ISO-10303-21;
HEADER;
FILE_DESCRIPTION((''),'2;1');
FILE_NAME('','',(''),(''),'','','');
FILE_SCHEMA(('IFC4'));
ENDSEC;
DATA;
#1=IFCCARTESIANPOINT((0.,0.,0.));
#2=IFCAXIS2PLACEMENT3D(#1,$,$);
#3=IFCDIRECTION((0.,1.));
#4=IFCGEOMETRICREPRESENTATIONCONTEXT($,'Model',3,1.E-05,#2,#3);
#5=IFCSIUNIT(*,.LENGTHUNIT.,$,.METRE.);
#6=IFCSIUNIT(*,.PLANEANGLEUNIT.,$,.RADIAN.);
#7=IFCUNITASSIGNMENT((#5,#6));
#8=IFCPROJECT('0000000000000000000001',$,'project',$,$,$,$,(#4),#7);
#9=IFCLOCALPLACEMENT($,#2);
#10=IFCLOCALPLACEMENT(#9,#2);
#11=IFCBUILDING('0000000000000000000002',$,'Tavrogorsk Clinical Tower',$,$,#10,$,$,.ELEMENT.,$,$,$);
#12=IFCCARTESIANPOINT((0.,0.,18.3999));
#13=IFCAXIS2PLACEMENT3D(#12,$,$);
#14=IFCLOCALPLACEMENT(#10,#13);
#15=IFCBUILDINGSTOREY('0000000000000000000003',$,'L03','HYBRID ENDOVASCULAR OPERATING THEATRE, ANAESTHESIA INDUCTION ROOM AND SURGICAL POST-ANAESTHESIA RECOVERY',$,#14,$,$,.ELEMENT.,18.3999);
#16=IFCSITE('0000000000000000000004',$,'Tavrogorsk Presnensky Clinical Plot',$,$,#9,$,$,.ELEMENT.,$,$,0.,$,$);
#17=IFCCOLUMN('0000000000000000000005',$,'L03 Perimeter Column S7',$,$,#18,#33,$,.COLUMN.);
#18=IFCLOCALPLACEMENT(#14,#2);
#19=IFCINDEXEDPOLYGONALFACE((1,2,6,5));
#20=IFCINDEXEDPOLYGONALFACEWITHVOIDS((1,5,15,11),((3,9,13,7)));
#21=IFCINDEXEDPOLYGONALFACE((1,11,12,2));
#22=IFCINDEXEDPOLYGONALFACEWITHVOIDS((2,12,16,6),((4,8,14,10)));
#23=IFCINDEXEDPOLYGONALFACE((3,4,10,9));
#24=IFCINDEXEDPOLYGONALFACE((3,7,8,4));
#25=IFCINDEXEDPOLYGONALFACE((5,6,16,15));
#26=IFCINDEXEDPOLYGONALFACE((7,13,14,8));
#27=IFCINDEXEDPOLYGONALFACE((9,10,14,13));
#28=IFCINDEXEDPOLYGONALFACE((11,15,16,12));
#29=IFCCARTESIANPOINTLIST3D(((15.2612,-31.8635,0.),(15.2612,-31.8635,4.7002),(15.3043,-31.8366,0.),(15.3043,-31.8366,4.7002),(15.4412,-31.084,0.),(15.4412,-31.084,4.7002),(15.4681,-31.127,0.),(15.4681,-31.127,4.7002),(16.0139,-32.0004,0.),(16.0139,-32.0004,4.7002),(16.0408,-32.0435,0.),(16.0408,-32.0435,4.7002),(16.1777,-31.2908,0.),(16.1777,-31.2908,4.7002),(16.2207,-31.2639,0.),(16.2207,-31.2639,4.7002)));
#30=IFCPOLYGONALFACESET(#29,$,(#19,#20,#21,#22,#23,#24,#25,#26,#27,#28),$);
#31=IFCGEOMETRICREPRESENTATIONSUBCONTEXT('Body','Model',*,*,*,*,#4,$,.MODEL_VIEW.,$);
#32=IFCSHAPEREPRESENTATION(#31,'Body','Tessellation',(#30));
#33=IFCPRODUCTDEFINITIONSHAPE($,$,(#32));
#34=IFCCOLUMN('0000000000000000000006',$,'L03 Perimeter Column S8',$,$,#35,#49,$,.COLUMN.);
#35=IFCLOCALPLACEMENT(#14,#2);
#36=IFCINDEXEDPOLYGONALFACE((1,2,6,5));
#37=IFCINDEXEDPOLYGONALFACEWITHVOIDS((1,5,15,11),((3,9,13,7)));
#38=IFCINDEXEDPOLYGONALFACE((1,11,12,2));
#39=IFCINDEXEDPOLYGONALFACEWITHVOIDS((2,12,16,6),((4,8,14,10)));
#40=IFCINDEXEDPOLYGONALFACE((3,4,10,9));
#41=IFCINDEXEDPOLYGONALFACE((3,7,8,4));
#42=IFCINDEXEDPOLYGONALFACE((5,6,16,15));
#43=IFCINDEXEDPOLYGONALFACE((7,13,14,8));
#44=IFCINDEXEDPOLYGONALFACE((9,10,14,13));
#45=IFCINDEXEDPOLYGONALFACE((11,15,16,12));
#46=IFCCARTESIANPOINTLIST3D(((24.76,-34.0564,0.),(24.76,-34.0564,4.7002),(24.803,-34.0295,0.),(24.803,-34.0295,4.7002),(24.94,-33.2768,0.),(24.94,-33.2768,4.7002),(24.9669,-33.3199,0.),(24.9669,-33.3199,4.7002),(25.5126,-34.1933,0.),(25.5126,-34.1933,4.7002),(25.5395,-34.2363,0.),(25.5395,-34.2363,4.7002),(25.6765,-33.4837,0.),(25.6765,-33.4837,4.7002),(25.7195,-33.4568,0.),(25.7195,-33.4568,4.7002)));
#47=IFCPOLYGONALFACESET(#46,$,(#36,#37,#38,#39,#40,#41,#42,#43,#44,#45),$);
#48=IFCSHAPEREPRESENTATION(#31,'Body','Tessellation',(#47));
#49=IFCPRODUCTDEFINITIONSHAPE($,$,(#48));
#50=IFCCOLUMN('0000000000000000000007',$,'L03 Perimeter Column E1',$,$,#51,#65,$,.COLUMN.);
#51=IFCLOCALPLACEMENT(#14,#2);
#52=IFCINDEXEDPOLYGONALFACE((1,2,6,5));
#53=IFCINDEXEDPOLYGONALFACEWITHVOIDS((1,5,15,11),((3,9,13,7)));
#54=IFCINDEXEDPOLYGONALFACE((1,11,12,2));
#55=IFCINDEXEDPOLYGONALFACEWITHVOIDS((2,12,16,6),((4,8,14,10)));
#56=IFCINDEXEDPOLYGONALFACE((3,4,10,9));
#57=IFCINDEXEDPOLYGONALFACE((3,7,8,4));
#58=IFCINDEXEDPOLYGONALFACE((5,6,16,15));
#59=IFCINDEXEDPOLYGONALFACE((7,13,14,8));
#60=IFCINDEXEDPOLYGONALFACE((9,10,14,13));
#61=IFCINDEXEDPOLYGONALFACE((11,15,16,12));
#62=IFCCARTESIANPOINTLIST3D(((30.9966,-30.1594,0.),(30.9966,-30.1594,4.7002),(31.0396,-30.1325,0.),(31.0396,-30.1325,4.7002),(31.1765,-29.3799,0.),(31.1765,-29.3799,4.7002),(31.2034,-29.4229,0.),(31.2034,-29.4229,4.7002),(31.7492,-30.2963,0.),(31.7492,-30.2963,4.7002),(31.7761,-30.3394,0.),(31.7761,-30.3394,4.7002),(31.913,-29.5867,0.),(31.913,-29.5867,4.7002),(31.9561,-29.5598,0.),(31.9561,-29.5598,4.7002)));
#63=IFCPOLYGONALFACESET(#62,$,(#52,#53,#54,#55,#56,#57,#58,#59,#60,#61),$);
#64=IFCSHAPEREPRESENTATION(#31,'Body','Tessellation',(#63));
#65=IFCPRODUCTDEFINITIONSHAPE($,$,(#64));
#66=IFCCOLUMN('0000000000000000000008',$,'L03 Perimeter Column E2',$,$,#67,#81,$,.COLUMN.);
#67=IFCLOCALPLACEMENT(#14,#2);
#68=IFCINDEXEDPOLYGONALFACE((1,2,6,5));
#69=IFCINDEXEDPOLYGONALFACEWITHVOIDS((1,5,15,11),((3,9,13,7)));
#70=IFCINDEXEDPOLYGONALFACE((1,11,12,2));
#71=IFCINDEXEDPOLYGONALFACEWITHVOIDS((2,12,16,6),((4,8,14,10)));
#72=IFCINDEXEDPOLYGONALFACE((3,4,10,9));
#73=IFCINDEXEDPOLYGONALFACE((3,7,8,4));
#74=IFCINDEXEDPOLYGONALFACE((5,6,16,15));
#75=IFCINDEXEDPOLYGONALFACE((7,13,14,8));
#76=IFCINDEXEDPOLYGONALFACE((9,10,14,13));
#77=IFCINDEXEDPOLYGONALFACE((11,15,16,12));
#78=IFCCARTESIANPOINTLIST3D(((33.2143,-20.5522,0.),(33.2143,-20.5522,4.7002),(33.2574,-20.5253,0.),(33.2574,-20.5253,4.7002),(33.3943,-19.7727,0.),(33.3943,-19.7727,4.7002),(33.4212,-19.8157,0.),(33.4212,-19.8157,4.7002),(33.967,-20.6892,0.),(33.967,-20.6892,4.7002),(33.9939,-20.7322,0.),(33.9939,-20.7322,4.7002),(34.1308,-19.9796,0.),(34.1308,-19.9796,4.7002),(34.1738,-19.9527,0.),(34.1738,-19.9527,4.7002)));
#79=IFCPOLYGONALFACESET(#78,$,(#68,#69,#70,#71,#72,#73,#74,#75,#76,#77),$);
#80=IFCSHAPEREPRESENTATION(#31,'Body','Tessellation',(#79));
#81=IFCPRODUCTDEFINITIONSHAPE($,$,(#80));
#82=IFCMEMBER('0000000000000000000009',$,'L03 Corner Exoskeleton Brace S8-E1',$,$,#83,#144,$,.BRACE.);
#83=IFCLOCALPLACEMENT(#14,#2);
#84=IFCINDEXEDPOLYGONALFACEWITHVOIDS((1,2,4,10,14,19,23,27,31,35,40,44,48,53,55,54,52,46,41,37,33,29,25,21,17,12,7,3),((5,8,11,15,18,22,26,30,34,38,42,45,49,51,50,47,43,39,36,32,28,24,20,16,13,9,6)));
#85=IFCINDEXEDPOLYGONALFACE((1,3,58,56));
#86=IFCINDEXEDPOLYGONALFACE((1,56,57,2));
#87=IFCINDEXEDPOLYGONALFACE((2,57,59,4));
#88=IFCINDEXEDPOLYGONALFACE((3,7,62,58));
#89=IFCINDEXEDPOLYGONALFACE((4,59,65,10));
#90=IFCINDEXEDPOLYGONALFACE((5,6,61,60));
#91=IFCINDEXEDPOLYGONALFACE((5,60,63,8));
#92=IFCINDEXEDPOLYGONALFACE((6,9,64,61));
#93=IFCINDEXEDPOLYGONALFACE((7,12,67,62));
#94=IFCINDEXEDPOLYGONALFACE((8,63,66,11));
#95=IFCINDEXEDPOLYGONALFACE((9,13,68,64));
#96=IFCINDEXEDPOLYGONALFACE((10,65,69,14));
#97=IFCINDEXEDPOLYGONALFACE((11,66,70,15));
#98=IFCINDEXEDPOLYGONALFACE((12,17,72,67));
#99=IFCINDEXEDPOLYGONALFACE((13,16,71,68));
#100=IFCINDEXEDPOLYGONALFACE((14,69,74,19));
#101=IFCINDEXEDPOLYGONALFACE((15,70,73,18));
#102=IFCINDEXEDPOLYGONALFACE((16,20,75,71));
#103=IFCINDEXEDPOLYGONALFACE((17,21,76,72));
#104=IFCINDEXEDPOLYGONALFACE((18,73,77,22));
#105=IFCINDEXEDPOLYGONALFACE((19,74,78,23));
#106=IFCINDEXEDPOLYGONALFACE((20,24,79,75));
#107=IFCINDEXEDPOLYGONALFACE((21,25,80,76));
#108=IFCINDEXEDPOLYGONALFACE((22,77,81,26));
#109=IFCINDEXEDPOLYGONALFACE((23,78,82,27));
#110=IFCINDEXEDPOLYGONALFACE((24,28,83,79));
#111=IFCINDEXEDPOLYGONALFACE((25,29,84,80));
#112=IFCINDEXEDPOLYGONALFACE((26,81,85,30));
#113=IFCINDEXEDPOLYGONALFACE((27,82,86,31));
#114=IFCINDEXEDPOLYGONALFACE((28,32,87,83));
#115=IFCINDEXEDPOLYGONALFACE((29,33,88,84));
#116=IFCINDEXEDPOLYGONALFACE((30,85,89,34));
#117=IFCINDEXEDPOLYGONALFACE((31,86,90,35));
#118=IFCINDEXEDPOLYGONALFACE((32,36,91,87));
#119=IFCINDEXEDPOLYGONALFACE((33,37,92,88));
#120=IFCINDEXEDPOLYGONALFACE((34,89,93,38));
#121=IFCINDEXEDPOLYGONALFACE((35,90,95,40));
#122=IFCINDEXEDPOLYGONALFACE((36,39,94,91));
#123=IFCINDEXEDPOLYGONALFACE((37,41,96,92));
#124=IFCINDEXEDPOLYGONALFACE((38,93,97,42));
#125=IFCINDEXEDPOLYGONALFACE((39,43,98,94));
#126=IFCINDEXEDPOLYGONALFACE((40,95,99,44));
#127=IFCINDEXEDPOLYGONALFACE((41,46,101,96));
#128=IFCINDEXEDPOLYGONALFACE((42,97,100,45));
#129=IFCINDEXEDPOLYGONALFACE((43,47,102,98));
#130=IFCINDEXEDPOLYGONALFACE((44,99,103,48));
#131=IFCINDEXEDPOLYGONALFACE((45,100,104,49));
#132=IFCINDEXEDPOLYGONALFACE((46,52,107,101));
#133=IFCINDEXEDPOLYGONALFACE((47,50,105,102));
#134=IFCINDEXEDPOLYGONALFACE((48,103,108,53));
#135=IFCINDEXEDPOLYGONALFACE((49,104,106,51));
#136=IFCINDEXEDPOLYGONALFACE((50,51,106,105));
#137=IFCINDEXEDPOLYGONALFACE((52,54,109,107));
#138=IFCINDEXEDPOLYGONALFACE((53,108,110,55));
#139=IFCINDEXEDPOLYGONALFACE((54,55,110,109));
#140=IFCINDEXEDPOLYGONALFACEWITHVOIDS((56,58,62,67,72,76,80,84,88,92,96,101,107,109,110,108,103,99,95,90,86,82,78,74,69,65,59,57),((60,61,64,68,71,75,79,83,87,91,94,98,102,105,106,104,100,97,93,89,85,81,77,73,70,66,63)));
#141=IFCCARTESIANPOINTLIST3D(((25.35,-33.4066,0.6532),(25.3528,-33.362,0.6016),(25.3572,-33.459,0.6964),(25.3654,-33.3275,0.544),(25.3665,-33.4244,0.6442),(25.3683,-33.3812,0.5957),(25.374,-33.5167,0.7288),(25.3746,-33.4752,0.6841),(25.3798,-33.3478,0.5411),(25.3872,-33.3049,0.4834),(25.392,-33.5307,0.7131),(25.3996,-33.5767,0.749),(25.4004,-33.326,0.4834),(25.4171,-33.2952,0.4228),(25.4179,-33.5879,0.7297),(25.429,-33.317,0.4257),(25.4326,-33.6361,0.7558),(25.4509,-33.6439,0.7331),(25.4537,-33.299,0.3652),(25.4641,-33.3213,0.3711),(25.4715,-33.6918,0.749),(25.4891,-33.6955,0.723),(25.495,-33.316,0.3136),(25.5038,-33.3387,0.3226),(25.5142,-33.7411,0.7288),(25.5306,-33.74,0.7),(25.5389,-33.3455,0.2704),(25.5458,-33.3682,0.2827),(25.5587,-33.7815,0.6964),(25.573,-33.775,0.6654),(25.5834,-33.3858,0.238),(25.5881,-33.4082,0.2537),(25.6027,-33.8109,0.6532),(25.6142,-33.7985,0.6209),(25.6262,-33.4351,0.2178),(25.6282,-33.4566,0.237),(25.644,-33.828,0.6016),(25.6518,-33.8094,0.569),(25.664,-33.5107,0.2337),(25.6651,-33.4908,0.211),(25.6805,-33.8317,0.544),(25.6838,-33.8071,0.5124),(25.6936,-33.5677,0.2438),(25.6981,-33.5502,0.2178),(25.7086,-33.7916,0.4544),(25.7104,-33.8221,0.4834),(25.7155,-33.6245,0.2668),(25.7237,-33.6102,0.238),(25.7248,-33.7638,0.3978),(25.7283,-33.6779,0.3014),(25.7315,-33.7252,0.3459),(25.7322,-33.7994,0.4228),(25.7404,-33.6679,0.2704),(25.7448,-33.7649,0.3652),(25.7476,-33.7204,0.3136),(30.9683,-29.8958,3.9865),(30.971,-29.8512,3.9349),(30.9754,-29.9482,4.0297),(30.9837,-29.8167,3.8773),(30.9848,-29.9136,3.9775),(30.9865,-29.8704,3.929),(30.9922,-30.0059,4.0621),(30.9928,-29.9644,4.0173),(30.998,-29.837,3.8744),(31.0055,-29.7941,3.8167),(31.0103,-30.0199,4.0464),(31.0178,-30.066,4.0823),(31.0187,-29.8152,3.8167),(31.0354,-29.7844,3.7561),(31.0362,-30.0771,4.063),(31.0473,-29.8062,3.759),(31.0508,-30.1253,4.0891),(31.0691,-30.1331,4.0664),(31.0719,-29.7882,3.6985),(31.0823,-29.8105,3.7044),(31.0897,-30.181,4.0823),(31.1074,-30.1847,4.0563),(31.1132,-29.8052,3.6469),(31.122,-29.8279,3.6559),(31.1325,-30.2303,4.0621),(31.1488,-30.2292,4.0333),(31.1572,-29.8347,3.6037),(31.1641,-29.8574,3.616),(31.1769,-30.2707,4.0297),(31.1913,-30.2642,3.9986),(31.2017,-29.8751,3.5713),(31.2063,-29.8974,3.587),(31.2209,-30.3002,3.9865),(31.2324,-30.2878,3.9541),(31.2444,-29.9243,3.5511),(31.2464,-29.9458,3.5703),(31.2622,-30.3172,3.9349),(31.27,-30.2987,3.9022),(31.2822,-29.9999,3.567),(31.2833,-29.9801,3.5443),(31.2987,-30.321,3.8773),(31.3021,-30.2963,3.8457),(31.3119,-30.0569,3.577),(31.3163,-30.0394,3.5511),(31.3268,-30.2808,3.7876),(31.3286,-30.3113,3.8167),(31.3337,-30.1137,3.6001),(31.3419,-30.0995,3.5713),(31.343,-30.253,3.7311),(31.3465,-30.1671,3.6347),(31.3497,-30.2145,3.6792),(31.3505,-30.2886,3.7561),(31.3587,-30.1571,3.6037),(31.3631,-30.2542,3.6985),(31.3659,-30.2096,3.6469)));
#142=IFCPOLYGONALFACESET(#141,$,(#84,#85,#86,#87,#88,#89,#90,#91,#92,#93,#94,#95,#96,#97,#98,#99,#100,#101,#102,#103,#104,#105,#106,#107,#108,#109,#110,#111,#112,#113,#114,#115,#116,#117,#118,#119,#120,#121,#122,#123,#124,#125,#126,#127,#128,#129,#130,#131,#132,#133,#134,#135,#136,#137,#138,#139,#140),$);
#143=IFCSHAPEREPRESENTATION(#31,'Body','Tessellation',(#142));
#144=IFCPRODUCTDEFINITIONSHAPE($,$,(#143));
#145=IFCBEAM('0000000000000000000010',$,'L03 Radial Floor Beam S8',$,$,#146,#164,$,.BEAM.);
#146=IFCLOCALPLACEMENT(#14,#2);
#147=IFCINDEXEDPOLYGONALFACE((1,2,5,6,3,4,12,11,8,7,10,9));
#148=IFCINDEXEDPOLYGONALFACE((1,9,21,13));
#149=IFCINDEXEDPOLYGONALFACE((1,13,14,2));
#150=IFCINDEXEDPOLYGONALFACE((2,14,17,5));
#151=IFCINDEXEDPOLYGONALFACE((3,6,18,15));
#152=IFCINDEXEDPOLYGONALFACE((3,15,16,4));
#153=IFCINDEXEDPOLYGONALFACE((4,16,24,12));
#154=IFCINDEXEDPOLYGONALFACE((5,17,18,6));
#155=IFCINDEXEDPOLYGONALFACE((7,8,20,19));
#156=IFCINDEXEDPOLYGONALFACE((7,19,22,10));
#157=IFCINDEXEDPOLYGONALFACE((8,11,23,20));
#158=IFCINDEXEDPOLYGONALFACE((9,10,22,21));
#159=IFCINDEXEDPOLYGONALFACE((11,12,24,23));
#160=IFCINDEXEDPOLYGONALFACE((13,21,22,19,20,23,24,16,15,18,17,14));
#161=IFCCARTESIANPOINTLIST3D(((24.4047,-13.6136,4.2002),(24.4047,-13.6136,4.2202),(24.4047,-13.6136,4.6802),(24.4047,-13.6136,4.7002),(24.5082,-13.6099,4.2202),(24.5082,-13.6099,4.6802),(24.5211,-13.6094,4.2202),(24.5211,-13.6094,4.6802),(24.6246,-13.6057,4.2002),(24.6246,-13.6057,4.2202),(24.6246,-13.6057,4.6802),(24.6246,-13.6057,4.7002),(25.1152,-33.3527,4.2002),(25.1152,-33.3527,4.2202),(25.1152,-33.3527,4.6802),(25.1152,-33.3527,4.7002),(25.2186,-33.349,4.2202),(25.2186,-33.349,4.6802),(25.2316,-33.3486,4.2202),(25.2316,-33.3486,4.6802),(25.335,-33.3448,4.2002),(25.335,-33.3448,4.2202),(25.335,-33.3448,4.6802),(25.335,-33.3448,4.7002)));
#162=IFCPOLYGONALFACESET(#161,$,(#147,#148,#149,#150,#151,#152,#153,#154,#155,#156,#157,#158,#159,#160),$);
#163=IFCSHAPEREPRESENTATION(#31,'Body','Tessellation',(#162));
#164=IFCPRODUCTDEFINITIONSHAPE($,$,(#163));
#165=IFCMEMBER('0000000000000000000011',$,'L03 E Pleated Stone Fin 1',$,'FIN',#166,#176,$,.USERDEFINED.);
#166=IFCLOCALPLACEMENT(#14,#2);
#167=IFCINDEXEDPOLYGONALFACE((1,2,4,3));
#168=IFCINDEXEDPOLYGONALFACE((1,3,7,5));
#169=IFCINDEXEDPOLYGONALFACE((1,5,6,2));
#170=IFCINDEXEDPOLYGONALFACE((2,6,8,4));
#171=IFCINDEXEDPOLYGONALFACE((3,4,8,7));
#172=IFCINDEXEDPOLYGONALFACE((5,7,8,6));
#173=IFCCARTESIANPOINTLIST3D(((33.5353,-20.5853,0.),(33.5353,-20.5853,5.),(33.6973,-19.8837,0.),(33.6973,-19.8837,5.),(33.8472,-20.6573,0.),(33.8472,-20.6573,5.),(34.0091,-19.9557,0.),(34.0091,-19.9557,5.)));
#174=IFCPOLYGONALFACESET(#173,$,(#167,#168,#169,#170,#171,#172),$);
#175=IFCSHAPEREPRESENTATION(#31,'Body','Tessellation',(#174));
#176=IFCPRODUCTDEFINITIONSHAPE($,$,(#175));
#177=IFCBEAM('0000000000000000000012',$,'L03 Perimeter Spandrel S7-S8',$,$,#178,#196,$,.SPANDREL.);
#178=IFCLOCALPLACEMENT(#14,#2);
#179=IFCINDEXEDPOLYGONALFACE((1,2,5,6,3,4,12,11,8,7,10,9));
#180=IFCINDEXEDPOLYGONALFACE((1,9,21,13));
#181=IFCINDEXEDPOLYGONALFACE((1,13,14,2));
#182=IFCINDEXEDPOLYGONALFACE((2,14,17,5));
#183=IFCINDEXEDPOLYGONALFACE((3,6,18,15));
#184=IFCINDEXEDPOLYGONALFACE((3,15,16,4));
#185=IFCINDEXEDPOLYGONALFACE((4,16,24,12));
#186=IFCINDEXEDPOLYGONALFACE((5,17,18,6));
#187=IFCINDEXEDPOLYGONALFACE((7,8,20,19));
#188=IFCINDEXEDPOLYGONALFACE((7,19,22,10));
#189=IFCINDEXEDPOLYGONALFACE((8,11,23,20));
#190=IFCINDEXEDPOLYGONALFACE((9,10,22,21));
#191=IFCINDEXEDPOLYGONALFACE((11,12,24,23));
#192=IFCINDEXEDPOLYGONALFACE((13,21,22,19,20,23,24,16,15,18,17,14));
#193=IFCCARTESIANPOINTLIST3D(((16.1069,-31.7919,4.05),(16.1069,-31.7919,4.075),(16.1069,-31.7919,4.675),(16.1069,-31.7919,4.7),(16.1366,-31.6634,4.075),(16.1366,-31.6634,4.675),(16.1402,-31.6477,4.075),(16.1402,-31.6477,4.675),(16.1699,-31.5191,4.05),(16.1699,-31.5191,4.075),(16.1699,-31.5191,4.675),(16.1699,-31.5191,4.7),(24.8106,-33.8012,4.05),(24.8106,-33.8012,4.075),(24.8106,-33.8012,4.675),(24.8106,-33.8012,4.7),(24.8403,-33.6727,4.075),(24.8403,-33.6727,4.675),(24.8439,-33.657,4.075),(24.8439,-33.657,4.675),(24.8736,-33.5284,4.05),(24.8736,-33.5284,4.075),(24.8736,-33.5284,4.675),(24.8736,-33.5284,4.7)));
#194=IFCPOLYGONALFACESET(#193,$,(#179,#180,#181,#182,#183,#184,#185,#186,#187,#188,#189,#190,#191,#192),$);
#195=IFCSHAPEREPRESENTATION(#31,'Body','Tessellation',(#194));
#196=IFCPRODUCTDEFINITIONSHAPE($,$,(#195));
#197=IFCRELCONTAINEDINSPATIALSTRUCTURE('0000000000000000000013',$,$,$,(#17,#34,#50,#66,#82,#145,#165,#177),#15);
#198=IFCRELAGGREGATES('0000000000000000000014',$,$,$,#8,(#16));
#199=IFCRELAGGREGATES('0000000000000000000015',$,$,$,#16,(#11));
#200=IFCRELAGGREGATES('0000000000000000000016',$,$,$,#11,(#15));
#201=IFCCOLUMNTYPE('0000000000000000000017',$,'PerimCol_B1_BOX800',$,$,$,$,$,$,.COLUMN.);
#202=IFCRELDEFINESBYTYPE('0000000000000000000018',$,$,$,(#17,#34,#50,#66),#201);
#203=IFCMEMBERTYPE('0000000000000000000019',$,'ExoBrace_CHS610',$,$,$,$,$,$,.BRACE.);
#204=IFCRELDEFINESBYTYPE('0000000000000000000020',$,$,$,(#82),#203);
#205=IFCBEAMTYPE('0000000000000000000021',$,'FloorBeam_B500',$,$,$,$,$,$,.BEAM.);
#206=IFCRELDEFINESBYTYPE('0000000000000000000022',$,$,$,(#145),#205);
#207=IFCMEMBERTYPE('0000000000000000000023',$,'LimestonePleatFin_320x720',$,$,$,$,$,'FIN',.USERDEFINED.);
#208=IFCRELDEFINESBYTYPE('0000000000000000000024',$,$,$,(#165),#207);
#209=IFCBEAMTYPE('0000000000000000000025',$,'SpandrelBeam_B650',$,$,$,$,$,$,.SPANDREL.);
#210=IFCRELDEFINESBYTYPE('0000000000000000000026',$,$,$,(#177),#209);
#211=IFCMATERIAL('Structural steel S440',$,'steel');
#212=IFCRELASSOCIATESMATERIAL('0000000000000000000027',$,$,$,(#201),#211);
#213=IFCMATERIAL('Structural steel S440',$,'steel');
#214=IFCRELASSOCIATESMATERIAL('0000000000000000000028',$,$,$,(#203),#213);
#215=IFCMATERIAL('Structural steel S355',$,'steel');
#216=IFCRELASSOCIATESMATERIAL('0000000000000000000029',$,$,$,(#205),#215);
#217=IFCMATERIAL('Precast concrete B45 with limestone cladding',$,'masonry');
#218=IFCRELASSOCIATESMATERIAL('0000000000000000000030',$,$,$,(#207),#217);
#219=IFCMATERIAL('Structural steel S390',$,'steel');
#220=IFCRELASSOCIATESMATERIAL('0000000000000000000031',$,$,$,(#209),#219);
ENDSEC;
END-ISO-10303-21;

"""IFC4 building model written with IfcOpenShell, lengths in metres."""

from ifc_helpers import new_model, si_unit, direction, frame, origin, origin_2d, place, context, subcontext, project, spatial, rectangle, hollow_rectangle, hollow_circle, i_section, extrude, material, material_profile, profile_set, type_object, element, save


model = new_model("IFC4")

# Units and contexts
model_context = context("Model", 3, precision=1e-05, world=origin(), true_north=direction((0.0, 1.0)))
body_context = subcontext(model_context, "Body", "Model", "MODEL_VIEW")
ifc_project = project(units=[si_unit("LENGTHUNIT", "METRE"), si_unit("PLANEANGLEUNIT", "RADIAN")], contexts=[model_context])

# Site, building, storey
site_placement = place(None, origin())
site = spatial("IfcSite", under=ifc_project, at=site_placement, Name="Tavrogorsk Presnensky Clinical Plot", CompositionType="ELEMENT", RefElevation=0.0)
building_placement = place(site_placement, origin())
building = spatial("IfcBuilding", under=site, at=building_placement, Name="Tavrogorsk Clinical Tower", CompositionType="ELEMENT")
storey_placement = place(building_placement, frame((0.0, 0.0, 18.3999)))
storey = spatial("IfcBuildingStorey", under=building, at=storey_placement, Name="L03", Description="HYBRID ENDOVASCULAR OPERATING THEATRE, ANAESTHESIA INDUCTION ROOM AND SURGICAL POST-ANAESTHESIA RECOVERY", CompositionType="ELEMENT", Elevation=18.3999)

# Columns
ifc_material_1 = material(Name="Structural steel S440", Category="steel")
ifc_material_profile_1 = material_profile(ifc_material_1, hollow_rectangle(XDim=0.8, YDim=0.8, WallThickness=0.0359, at=origin_2d()), Name="BOX-800x800x36")
ifc_profile_set_1 = profile_set([ifc_material_profile_1], Name="Structural steel S440")
column_type = type_object("IfcColumnType", Name="PerimCol_B1_BOX800", PredefinedType="COLUMN", material=ifc_profile_set_1)
for number, where, z_axis, x_axis, name in (
    (1, (15.741, -31.5637, 0.0), (0.0, 0.0, 1.0), (0.97437, -0.224951, 0.0), "L03 Perimeter Column S7"),
    (2, (25.2397, -33.7566, 0.0), (0.0, 0.0, 1.0), (0.97437, -0.224951, 0.0), "L03 Perimeter Column S8"),
    (3, (31.4763, -29.8596, 0.0), (0.0, 0.0, 1.0), (0.97437, -0.224951, 0.0), "L03 Perimeter Column E1"),
    (4, (33.6941, -20.2524, 0.0), (0.0, 0.0, 1.0), (0.97437, -0.224951, 0.0), "L03 Perimeter Column E2"),
):
    element("IfcColumn", number, at=place(storey_placement, frame(where, z_axis=z_axis, x_axis=x_axis)), inside=storey, type_object=column_type, Name=name, PredefinedType="COLUMN", context=body_context, shape_type="SweptSolid", body=[
        extrude(hollow_rectangle(XDim=0.8, YDim=0.8, WallThickness=0.0359, at=origin_2d()), origin(), (0.0, 0.0, 1.0), 4.7002),
    ])

# Member
ifc_material_2 = material(Name="Structural steel S440", Category="steel")
ifc_material_profile_2 = material_profile(ifc_material_2, hollow_circle(Radius=0.3049, WallThickness=0.0249, at=origin_2d()), Name="CHS-610x25")
ifc_profile_set_2 = profile_set([ifc_material_profile_2], Name="Structural steel S440")
member_type_1 = type_object("IfcMemberType", Name="ExoBrace_CHS610", PredefinedType="BRACE", material=ifc_profile_set_2)
member_1_placement = place(storey_placement, frame((25.5488, -33.5635, 0.4834), z_axis=(0.757556, 0.47339, 0.449457), x_axis=(-0.529933, 0.84804, 0.0)))
element("IfcMember", 5, at=member_1_placement, inside=storey, type_object=member_type_1, Name="L03 Corner Exoskeleton Brace S8-E1", PredefinedType="BRACE", context=body_context, shape_type="SweptSolid", body=[
    extrude(hollow_circle(Radius=0.3049, WallThickness=0.0249, at=origin_2d()), origin(), (0.0, 0.0, 1.0), 7.4163),
])

# Beam
ifc_material_3 = material(Name="Structural steel S355", Category="steel")
ifc_material_profile_3 = material_profile(ifc_material_3, i_section(OverallWidth=0.22, OverallDepth=0.5, WebThickness=0.0129, FlangeThickness=0.02, at=origin_2d()), Name="B-500x220x13x20")
ifc_profile_set_3 = profile_set([ifc_material_profile_3], Name="Structural steel S355")
beam_type_1 = type_object("IfcBeamType", Name="FloorBeam_B500", PredefinedType="BEAM", material=ifc_profile_set_3)
beam_1_placement = place(storey_placement, frame((24.5146, -13.6096, 4.4502), z_axis=(0.035968, -0.999353, 0.0), x_axis=(0.999353, 0.035968, 0.0)))
element("IfcBeam", 6, at=beam_1_placement, inside=storey, type_object=beam_type_1, Name="L03 Radial Floor Beam S8", PredefinedType="BEAM", context=body_context, shape_type="SweptSolid", body=[
    extrude(i_section(OverallWidth=0.22, OverallDepth=0.5, WebThickness=0.0129, FlangeThickness=0.02, at=origin_2d()), origin(), (0.0, 0.0, 1.0), 19.752),
])

# Member
ifc_material_4 = material(Name="Precast concrete B45 with limestone cladding", Category="masonry")
ifc_material_profile_4 = material_profile(ifc_material_4, rectangle(XDim=0.3201, YDim=0.72, at=origin_2d()), Name="LIMESTONE-FIN-320x720")
ifc_profile_set_4 = profile_set([ifc_material_profile_4], Name="Precast concrete B45 with limestone cladding")
member_type_2 = type_object("IfcMemberType", Name="LimestonePleatFin_320x720", ElementType="FIN", PredefinedType="USERDEFINED", material=ifc_profile_set_4)
member_2_placement = place(storey_placement, frame((33.7722, -20.2705, 0.0), z_axis=(0.0, 0.0, 1.0), x_axis=(0.97437, -0.224951, 0.0)))
element("IfcMember", 7, at=member_2_placement, inside=storey, type_object=member_type_2, Name="L03 E Pleated Stone Fin 1", ObjectType="FIN", PredefinedType="USERDEFINED", context=body_context, shape_type="SweptSolid", body=[
    extrude(rectangle(XDim=0.3201, YDim=0.72, at=origin_2d()), origin(), (0.0, 0.0, 1.0), 5.0),
])

# Beam
ifc_material_5 = material(Name="Structural steel S390", Category="steel")
ifc_material_profile_5 = material_profile(ifc_material_5, i_section(OverallWidth=0.28, OverallDepth=0.6499, WebThickness=0.0161, FlangeThickness=0.0249, at=origin_2d()), Name="B-650x280x16x25")
ifc_profile_set_5 = profile_set([ifc_material_profile_5], Name="Structural steel S390")
beam_type_2 = type_object("IfcBeamType", Name="SpandrelBeam_B650", PredefinedType="SPANDREL", material=ifc_profile_set_5)
beam_2_placement = place(storey_placement, frame((16.1384, -31.6555, 4.375), z_axis=(0.974373, -0.224939, 0.0), x_axis=(0.224939, 0.974373, 0.0)))
element("IfcBeam", 8, at=beam_2_placement, inside=storey, type_object=beam_type_2, Name="L03 Perimeter Spandrel S7-S8", PredefinedType="SPANDREL", context=body_context, shape_type="SweptSolid", body=[
    extrude(i_section(OverallWidth=0.28, OverallDepth=0.6499, WebThickness=0.0161, FlangeThickness=0.0249, at=origin_2d()), origin(), (0.0, 0.0, 1.0), 8.9326),
])

save(model, "model.ifc")
